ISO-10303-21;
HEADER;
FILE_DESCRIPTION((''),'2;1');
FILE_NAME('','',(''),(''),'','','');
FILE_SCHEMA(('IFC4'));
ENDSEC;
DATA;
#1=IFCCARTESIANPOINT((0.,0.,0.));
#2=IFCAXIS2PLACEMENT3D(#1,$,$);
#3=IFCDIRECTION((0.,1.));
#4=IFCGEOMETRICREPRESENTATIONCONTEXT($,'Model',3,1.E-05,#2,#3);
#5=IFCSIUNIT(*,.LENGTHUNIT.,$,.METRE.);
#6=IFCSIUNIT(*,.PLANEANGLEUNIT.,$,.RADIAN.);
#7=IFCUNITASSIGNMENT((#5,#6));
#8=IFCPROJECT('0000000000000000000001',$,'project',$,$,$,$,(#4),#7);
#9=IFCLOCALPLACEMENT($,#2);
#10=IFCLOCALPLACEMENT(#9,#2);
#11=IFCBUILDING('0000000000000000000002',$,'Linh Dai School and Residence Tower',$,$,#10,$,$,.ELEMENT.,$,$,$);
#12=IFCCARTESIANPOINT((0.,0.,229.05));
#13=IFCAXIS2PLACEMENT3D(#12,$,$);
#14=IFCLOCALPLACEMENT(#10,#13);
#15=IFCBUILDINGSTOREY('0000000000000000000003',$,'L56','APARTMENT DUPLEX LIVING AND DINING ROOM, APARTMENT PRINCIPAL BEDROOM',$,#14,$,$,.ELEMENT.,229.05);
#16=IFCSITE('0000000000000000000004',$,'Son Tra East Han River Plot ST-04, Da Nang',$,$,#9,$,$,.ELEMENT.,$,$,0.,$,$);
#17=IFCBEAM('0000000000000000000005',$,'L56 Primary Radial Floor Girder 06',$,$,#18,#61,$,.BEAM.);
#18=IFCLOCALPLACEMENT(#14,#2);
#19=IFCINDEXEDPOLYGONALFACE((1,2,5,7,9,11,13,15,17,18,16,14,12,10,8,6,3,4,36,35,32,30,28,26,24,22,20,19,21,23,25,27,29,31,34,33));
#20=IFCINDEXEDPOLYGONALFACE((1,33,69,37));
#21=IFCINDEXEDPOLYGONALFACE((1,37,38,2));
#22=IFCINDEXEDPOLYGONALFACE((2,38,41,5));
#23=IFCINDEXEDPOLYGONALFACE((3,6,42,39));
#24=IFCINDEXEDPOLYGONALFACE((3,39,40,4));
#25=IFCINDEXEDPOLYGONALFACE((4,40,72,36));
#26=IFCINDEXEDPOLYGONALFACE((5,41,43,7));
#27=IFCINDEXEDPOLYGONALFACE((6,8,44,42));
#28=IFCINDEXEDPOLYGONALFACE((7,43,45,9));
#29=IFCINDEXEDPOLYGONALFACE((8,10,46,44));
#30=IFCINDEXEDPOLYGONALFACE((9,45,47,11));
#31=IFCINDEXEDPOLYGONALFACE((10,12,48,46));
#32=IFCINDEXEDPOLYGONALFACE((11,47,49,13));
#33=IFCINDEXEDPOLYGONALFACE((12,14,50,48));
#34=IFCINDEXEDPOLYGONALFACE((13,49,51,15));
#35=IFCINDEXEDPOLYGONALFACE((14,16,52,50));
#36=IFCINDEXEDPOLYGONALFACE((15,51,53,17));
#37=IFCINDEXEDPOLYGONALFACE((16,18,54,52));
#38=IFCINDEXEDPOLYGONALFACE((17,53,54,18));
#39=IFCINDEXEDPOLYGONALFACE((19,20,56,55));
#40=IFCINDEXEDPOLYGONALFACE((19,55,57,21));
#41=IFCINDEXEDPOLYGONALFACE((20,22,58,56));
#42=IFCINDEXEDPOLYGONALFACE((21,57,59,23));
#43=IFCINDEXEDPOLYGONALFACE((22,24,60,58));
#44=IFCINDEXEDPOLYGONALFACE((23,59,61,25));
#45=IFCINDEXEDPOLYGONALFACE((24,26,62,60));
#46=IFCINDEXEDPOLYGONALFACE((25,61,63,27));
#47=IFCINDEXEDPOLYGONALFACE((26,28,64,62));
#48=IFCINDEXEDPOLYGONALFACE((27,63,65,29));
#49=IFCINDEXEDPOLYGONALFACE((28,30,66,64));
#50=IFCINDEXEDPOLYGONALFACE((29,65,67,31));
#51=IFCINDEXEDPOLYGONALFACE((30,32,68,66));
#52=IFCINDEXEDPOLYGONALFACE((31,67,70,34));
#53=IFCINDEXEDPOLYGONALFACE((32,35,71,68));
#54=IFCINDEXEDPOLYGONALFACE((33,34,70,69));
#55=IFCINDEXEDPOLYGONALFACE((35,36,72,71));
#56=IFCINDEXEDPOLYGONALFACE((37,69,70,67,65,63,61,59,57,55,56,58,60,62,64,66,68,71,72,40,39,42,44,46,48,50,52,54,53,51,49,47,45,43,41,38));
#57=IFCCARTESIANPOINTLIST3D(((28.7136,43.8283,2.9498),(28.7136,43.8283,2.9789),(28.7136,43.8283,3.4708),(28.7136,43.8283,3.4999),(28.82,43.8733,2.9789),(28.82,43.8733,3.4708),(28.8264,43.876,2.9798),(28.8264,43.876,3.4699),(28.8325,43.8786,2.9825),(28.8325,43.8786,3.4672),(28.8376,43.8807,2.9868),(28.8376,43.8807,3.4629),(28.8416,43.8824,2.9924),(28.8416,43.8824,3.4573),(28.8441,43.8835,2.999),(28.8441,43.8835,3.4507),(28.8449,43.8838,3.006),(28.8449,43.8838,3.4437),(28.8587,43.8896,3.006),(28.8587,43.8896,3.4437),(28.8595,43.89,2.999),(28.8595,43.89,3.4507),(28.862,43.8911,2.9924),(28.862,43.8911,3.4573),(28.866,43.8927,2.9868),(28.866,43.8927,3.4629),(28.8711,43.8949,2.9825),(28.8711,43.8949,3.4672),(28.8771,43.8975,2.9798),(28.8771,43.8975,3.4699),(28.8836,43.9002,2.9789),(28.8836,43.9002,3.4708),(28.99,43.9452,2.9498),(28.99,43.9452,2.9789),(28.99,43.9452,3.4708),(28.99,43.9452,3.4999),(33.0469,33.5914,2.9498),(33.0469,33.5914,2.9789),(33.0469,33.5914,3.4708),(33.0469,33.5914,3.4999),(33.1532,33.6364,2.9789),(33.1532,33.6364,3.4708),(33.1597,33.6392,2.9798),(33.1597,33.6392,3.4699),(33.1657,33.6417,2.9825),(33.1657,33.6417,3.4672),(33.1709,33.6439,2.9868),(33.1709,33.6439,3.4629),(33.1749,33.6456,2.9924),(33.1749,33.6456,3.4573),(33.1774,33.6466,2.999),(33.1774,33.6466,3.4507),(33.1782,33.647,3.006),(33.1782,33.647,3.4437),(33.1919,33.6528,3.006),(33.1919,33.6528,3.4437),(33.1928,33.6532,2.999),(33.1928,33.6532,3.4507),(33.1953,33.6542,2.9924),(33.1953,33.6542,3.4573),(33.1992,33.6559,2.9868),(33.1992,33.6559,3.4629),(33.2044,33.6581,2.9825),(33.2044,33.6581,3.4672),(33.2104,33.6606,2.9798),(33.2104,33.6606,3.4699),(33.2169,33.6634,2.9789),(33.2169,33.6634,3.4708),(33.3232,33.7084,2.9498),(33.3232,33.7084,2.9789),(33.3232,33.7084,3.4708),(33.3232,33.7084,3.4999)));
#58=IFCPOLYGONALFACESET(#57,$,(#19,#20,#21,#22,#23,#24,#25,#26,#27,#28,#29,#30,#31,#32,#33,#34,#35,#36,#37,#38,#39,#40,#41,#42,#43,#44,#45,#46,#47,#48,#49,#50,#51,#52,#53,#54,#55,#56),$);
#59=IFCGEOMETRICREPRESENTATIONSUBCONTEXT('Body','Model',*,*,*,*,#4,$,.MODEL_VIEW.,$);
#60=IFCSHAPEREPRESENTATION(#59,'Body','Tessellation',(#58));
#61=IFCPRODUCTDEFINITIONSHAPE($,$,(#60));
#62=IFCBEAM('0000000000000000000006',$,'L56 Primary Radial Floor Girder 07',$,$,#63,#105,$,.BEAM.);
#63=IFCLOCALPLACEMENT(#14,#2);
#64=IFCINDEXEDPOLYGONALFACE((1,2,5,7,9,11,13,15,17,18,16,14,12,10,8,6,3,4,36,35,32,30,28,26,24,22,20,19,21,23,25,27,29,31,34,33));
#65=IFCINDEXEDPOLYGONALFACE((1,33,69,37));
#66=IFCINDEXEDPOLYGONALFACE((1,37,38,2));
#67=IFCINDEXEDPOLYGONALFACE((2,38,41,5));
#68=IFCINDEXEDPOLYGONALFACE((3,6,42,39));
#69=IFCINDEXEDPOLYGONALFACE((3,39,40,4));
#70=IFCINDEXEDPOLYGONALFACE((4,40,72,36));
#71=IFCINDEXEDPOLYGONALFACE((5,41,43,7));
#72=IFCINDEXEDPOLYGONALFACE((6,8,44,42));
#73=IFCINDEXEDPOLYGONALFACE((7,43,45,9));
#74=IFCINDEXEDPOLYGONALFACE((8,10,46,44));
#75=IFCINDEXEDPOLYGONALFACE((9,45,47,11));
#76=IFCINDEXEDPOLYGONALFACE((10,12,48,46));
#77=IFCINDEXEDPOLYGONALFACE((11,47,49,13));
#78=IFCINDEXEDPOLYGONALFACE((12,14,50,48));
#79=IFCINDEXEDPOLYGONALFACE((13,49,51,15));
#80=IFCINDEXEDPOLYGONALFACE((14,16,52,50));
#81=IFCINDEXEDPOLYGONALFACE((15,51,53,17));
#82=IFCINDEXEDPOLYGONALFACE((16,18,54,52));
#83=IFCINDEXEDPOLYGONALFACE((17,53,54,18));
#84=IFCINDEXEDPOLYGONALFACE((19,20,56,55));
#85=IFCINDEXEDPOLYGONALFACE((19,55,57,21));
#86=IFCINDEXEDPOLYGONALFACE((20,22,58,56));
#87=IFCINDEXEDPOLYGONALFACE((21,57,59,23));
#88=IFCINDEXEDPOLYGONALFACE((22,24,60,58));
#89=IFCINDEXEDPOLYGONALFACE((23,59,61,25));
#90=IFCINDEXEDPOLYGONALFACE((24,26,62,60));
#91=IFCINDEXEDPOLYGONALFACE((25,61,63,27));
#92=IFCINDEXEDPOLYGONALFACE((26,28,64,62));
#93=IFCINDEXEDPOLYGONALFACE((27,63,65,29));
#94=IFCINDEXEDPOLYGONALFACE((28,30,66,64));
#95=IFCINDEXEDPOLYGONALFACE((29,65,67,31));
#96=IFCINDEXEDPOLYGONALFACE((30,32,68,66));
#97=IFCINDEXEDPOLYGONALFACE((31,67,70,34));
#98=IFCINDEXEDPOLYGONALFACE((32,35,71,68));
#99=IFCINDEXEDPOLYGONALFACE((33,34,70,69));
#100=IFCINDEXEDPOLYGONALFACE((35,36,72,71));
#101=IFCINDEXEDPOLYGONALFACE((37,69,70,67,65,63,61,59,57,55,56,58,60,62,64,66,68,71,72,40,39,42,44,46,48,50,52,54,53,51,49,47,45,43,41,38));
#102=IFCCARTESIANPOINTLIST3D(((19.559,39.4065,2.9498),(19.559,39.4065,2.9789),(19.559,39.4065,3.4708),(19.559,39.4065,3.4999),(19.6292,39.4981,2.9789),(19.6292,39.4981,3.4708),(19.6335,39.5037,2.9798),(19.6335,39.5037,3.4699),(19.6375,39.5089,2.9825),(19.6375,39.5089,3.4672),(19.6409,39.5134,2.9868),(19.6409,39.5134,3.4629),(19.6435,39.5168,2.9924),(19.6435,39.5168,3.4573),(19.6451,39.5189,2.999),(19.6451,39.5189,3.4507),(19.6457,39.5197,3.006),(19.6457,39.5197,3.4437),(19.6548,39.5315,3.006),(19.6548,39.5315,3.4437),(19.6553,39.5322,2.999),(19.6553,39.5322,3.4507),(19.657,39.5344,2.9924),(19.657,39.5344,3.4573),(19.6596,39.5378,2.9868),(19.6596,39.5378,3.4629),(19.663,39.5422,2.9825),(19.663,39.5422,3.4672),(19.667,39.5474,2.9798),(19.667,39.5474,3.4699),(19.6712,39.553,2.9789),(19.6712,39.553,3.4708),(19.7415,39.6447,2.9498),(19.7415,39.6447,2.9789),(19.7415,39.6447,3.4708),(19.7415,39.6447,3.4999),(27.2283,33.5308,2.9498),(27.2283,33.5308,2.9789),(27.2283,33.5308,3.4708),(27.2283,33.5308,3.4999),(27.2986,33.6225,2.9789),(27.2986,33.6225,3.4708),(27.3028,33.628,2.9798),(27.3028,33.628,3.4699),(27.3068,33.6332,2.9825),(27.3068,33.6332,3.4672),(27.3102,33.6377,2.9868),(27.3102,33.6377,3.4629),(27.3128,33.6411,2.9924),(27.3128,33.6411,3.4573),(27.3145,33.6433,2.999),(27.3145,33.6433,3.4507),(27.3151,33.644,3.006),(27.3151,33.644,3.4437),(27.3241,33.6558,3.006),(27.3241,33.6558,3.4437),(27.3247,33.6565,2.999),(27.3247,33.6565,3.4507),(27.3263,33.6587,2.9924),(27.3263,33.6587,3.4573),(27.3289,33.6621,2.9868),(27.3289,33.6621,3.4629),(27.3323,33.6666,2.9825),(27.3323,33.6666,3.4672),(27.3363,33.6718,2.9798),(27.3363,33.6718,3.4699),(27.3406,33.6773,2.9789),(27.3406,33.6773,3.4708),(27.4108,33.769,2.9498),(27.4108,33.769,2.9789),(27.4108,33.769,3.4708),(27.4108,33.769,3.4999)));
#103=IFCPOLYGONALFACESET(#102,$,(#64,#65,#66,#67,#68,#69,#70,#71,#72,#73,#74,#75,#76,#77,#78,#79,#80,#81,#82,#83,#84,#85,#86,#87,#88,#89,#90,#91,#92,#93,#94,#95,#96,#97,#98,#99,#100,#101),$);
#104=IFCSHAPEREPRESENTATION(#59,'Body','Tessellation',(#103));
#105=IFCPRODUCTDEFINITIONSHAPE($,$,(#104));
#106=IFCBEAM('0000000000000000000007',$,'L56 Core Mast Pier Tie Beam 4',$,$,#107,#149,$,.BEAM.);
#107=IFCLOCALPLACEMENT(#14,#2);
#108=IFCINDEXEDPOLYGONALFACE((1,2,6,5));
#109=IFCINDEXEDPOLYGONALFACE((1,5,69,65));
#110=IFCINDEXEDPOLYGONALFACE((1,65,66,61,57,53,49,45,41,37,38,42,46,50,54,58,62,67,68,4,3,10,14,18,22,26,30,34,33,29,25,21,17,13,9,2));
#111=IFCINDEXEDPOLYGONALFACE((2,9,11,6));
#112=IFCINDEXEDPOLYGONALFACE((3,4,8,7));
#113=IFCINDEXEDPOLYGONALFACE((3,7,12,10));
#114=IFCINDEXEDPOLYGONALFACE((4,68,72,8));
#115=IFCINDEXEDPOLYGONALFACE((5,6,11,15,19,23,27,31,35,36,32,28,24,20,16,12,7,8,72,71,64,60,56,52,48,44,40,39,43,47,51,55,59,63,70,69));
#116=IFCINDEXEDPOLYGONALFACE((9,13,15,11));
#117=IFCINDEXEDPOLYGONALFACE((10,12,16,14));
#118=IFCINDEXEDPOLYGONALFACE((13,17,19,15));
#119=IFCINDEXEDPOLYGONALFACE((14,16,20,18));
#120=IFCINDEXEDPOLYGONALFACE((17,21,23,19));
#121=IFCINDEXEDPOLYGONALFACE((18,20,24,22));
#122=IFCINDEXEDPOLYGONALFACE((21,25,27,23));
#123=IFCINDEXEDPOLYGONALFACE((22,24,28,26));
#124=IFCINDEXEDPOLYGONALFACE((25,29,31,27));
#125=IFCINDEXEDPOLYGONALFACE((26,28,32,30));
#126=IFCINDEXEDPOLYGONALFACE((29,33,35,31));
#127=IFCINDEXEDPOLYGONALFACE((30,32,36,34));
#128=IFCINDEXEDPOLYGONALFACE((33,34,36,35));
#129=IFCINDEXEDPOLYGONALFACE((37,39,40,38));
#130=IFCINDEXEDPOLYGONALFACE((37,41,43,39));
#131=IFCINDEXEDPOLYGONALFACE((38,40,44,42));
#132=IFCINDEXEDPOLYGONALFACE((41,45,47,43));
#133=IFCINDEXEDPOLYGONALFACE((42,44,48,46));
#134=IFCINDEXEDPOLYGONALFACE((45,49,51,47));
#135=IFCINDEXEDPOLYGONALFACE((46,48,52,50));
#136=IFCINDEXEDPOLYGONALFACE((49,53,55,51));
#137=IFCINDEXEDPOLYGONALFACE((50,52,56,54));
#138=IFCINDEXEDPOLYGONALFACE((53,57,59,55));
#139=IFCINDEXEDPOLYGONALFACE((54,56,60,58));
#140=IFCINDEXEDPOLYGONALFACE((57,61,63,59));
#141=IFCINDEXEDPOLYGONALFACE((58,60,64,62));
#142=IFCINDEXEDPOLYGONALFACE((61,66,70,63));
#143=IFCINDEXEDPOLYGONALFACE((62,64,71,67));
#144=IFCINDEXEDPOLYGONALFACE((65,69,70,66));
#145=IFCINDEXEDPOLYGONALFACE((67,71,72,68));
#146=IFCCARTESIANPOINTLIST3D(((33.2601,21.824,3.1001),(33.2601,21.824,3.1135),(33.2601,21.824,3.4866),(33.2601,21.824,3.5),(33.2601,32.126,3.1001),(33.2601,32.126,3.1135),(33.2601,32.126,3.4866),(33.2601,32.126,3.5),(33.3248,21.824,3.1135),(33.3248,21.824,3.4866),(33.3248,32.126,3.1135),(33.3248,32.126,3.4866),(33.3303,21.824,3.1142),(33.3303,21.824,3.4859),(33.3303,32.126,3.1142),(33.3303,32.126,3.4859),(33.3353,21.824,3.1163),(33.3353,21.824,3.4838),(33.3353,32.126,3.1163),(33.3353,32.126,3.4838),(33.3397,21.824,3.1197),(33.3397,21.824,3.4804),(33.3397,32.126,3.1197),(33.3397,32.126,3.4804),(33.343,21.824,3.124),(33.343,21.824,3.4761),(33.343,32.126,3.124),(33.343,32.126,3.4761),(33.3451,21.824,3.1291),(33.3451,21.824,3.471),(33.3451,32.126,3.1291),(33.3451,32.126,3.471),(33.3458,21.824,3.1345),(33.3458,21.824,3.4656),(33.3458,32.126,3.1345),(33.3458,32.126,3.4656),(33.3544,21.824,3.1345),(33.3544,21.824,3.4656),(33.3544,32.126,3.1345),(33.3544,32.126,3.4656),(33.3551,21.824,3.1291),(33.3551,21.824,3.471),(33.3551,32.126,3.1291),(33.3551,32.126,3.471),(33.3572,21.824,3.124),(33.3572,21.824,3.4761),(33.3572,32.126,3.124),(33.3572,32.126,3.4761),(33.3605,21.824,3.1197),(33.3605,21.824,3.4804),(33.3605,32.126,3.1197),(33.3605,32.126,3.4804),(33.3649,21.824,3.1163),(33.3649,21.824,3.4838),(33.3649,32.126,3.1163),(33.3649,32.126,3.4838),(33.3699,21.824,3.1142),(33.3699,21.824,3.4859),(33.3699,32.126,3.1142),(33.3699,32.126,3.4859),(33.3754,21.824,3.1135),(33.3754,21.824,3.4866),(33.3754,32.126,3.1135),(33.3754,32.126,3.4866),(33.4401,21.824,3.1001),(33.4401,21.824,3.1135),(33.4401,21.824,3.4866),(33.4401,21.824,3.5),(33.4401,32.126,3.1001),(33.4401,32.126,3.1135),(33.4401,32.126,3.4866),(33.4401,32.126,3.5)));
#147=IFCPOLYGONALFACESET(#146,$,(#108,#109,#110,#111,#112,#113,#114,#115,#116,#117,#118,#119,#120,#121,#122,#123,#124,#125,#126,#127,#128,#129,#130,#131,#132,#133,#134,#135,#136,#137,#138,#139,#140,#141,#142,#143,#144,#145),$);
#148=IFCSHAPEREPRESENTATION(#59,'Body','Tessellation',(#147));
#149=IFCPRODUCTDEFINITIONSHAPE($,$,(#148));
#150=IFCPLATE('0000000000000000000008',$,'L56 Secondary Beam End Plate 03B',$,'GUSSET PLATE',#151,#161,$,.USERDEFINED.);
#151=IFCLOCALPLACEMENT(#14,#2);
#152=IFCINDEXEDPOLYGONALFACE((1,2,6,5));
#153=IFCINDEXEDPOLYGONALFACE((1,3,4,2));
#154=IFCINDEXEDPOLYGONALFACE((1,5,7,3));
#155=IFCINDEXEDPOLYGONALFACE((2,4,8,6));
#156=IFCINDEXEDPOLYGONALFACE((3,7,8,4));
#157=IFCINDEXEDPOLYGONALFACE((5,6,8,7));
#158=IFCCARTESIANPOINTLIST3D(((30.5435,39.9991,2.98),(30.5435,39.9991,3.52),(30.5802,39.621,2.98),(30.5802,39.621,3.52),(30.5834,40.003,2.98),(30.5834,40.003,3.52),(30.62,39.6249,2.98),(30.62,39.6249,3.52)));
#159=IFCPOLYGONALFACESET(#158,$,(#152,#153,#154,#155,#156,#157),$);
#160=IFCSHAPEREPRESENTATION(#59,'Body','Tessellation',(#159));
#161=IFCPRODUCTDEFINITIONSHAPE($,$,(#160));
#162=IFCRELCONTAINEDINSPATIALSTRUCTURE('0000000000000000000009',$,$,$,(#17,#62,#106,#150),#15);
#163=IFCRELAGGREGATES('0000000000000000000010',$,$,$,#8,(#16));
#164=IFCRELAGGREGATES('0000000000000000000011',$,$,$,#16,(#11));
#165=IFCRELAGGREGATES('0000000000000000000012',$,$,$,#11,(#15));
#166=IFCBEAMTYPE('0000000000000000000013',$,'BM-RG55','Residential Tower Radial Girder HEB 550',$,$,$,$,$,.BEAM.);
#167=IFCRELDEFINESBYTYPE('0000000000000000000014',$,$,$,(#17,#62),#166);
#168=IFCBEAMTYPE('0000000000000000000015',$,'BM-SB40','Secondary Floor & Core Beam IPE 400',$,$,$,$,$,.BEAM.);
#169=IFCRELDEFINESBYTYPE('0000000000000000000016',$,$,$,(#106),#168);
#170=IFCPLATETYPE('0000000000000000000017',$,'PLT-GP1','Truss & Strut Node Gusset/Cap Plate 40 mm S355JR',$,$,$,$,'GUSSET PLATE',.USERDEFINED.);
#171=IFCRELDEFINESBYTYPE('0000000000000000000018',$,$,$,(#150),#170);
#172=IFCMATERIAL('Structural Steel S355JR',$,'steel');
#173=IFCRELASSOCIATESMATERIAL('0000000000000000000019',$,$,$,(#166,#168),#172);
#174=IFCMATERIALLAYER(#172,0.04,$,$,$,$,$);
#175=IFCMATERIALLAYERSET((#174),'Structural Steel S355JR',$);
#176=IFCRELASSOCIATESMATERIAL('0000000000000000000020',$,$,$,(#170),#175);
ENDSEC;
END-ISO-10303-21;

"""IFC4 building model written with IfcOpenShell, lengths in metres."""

from ifc_helpers import new_model, si_unit, direction, frame, origin, origin_2d, place, context, subcontext, project, spatial, rectangle, i_section, extrude, source, transform, mapped, material, layer, layer_set, material_profile, profile_set, type_object, element, save


model = new_model("IFC4")

# Units and contexts
model_context = context("Model", 3, precision=1e-05, world=origin(), true_north=direction((0.0, 1.0)))
body_context = subcontext(model_context, "Body", "Model", "MODEL_VIEW")
ifc_project = project(units=[si_unit("LENGTHUNIT", "METRE"), si_unit("PLANEANGLEUNIT", "RADIAN")], contexts=[model_context])

# Site, building, storey
site_placement = place(None, origin())
site = spatial("IfcSite", under=ifc_project, at=site_placement, Name="Son Tra East Han River Plot ST-04, Da Nang", CompositionType="ELEMENT", RefElevation=0.0)
building_placement = place(site_placement, origin())
building = spatial("IfcBuilding", under=site, at=building_placement, Name="Linh Dai School and Residence Tower", CompositionType="ELEMENT")
storey_placement = place(building_placement, frame((0.0, 0.0, 229.05)))
storey = spatial("IfcBuildingStorey", under=building, at=storey_placement, Name="L56", Description="APARTMENT DUPLEX LIVING AND DINING ROOM, APARTMENT PRINCIPAL BEDROOM", CompositionType="ELEMENT", Elevation=229.05)

# Shared definitions
ifc_material_1 = material(Name="Structural Steel S355JR", Category="steel")

# Beams
ifc_material_profile_1 = material_profile(ifc_material_1, i_section(OverallWidth=0.3, OverallDepth=0.55, WebThickness=0.0149, FlangeThickness=0.0291, FilletRadius=0.0271, at=origin_2d()), Name="HEB 550")
ifc_profile_set_1 = profile_set([ifc_material_profile_1], Name="Structural Steel S355JR")
beam_type_1 = type_object("IfcBeamType", Name="BM-RG55", Description="Residential Tower Radial Girder HEB 550", PredefinedType="BEAM", material=ifc_profile_set_1)
beam_1_placement = place(storey_placement, frame((33.1851, 33.6499, 3.2249), z_axis=(-0.389815, 0.920893, 0.0), x_axis=(-0.920893, -0.389815, 0.0)))
element("IfcBeam", 1, at=beam_1_placement, inside=storey, type_object=beam_type_1, Name="L56 Primary Radial Floor Girder 06", PredefinedType="BEAM", context=body_context, shape_type="SweptSolid", body=[
    extrude(i_section(OverallWidth=0.3, OverallDepth=0.55, WebThickness=0.0149, FlangeThickness=0.0291, FilletRadius=0.0271, at=origin_2d()), origin(), (0.0, 0.0, 1.0), 11.1162),
])
beam_2_placement = place(storey_placement, frame((27.3196, 33.6499, 3.2249), z_axis=(-0.793815, 0.60816, 0.0), x_axis=(-0.60816, -0.793815, 0.0)))
element("IfcBeam", 2, at=beam_2_placement, inside=storey, type_object=beam_type_1, Name="L56 Primary Radial Floor Girder 07", PredefinedType="BEAM", context=body_context, shape_type="SweptSolid", body=[
    extrude(i_section(OverallWidth=0.3, OverallDepth=0.55, WebThickness=0.0149, FlangeThickness=0.0291, FilletRadius=0.0271, at=origin_2d()), origin(), (0.0, 0.0, 1.0), 9.6614),
])
ifc_material_profile_2 = material_profile(ifc_material_1, i_section(OverallWidth=0.1799, OverallDepth=0.3999, WebThickness=0.0085, FlangeThickness=0.0134, FilletRadius=0.021, at=origin_2d()), Name="IPE 400")
ifc_profile_set_2 = profile_set([ifc_material_profile_2], Name="Structural Steel S355JR")
beam_type_2 = type_object("IfcBeamType", Name="BM-SB40", Description="Secondary Floor & Core Beam IPE 400", PredefinedType="BEAM", material=ifc_profile_set_2)
beam_3_placement = place(storey_placement, frame((33.3501, 32.126, 3.3), z_axis=(0.0, -1.0, 0.0), x_axis=(1.0, 0.0, 0.0)))
element("IfcBeam", 3, at=beam_3_placement, inside=storey, type_object=beam_type_2, Name="L56 Core Mast Pier Tie Beam 4", PredefinedType="BEAM", context=body_context, shape_type="SweptSolid", body=[
    extrude(i_section(OverallWidth=0.1799, OverallDepth=0.3999, WebThickness=0.0085, FlangeThickness=0.0134, FilletRadius=0.021, at=origin_2d()), origin(), (0.0, 0.0, 1.0), 10.302),
])

# Plate
ifc_layer_1 = layer(ifc_material_1, 0.04)
ifc_layer_set_1 = layer_set([ifc_layer_1], Name="Structural Steel S355JR")
plate_type = type_object("IfcPlateType", Name="PLT-GP1", Description="Truss & Strut Node Gusset/Cap Plate 40 mm S355JR", ElementType="GUSSET PLATE", PredefinedType="USERDEFINED", material=ifc_layer_set_1)
shared_shape_1 = source(origin(), body_context, "Body", "SweptSolid", [
    extrude(rectangle(XDim=0.04, YDim=0.3799, at=origin_2d()), origin(), (0.0, 0.0, 1.0), 0.54),
])
plate_placement = place(storey_placement, frame((30.5818, 39.812, 2.98), z_axis=(0.0, 0.0, 1.0), x_axis=(-0.995333, -0.096497, 0.0)))
element("IfcPlate", 4, at=plate_placement, inside=storey, type_object=plate_type, Name="L56 Secondary Beam End Plate 03B", ObjectType="GUSSET PLATE", PredefinedType="USERDEFINED", context=body_context, shape_type="MappedRepresentation", body=[
    mapped(shared_shape_1, transform((0.0, 0.0, 0.0), x_axis=(1.0, 0.0, 0.0), y_axis=(0.0, 1.0, 0.0), z_axis=(0.0, 0.0, 1.0), scale=1.0)),
])

save(model, "model.ifc")
